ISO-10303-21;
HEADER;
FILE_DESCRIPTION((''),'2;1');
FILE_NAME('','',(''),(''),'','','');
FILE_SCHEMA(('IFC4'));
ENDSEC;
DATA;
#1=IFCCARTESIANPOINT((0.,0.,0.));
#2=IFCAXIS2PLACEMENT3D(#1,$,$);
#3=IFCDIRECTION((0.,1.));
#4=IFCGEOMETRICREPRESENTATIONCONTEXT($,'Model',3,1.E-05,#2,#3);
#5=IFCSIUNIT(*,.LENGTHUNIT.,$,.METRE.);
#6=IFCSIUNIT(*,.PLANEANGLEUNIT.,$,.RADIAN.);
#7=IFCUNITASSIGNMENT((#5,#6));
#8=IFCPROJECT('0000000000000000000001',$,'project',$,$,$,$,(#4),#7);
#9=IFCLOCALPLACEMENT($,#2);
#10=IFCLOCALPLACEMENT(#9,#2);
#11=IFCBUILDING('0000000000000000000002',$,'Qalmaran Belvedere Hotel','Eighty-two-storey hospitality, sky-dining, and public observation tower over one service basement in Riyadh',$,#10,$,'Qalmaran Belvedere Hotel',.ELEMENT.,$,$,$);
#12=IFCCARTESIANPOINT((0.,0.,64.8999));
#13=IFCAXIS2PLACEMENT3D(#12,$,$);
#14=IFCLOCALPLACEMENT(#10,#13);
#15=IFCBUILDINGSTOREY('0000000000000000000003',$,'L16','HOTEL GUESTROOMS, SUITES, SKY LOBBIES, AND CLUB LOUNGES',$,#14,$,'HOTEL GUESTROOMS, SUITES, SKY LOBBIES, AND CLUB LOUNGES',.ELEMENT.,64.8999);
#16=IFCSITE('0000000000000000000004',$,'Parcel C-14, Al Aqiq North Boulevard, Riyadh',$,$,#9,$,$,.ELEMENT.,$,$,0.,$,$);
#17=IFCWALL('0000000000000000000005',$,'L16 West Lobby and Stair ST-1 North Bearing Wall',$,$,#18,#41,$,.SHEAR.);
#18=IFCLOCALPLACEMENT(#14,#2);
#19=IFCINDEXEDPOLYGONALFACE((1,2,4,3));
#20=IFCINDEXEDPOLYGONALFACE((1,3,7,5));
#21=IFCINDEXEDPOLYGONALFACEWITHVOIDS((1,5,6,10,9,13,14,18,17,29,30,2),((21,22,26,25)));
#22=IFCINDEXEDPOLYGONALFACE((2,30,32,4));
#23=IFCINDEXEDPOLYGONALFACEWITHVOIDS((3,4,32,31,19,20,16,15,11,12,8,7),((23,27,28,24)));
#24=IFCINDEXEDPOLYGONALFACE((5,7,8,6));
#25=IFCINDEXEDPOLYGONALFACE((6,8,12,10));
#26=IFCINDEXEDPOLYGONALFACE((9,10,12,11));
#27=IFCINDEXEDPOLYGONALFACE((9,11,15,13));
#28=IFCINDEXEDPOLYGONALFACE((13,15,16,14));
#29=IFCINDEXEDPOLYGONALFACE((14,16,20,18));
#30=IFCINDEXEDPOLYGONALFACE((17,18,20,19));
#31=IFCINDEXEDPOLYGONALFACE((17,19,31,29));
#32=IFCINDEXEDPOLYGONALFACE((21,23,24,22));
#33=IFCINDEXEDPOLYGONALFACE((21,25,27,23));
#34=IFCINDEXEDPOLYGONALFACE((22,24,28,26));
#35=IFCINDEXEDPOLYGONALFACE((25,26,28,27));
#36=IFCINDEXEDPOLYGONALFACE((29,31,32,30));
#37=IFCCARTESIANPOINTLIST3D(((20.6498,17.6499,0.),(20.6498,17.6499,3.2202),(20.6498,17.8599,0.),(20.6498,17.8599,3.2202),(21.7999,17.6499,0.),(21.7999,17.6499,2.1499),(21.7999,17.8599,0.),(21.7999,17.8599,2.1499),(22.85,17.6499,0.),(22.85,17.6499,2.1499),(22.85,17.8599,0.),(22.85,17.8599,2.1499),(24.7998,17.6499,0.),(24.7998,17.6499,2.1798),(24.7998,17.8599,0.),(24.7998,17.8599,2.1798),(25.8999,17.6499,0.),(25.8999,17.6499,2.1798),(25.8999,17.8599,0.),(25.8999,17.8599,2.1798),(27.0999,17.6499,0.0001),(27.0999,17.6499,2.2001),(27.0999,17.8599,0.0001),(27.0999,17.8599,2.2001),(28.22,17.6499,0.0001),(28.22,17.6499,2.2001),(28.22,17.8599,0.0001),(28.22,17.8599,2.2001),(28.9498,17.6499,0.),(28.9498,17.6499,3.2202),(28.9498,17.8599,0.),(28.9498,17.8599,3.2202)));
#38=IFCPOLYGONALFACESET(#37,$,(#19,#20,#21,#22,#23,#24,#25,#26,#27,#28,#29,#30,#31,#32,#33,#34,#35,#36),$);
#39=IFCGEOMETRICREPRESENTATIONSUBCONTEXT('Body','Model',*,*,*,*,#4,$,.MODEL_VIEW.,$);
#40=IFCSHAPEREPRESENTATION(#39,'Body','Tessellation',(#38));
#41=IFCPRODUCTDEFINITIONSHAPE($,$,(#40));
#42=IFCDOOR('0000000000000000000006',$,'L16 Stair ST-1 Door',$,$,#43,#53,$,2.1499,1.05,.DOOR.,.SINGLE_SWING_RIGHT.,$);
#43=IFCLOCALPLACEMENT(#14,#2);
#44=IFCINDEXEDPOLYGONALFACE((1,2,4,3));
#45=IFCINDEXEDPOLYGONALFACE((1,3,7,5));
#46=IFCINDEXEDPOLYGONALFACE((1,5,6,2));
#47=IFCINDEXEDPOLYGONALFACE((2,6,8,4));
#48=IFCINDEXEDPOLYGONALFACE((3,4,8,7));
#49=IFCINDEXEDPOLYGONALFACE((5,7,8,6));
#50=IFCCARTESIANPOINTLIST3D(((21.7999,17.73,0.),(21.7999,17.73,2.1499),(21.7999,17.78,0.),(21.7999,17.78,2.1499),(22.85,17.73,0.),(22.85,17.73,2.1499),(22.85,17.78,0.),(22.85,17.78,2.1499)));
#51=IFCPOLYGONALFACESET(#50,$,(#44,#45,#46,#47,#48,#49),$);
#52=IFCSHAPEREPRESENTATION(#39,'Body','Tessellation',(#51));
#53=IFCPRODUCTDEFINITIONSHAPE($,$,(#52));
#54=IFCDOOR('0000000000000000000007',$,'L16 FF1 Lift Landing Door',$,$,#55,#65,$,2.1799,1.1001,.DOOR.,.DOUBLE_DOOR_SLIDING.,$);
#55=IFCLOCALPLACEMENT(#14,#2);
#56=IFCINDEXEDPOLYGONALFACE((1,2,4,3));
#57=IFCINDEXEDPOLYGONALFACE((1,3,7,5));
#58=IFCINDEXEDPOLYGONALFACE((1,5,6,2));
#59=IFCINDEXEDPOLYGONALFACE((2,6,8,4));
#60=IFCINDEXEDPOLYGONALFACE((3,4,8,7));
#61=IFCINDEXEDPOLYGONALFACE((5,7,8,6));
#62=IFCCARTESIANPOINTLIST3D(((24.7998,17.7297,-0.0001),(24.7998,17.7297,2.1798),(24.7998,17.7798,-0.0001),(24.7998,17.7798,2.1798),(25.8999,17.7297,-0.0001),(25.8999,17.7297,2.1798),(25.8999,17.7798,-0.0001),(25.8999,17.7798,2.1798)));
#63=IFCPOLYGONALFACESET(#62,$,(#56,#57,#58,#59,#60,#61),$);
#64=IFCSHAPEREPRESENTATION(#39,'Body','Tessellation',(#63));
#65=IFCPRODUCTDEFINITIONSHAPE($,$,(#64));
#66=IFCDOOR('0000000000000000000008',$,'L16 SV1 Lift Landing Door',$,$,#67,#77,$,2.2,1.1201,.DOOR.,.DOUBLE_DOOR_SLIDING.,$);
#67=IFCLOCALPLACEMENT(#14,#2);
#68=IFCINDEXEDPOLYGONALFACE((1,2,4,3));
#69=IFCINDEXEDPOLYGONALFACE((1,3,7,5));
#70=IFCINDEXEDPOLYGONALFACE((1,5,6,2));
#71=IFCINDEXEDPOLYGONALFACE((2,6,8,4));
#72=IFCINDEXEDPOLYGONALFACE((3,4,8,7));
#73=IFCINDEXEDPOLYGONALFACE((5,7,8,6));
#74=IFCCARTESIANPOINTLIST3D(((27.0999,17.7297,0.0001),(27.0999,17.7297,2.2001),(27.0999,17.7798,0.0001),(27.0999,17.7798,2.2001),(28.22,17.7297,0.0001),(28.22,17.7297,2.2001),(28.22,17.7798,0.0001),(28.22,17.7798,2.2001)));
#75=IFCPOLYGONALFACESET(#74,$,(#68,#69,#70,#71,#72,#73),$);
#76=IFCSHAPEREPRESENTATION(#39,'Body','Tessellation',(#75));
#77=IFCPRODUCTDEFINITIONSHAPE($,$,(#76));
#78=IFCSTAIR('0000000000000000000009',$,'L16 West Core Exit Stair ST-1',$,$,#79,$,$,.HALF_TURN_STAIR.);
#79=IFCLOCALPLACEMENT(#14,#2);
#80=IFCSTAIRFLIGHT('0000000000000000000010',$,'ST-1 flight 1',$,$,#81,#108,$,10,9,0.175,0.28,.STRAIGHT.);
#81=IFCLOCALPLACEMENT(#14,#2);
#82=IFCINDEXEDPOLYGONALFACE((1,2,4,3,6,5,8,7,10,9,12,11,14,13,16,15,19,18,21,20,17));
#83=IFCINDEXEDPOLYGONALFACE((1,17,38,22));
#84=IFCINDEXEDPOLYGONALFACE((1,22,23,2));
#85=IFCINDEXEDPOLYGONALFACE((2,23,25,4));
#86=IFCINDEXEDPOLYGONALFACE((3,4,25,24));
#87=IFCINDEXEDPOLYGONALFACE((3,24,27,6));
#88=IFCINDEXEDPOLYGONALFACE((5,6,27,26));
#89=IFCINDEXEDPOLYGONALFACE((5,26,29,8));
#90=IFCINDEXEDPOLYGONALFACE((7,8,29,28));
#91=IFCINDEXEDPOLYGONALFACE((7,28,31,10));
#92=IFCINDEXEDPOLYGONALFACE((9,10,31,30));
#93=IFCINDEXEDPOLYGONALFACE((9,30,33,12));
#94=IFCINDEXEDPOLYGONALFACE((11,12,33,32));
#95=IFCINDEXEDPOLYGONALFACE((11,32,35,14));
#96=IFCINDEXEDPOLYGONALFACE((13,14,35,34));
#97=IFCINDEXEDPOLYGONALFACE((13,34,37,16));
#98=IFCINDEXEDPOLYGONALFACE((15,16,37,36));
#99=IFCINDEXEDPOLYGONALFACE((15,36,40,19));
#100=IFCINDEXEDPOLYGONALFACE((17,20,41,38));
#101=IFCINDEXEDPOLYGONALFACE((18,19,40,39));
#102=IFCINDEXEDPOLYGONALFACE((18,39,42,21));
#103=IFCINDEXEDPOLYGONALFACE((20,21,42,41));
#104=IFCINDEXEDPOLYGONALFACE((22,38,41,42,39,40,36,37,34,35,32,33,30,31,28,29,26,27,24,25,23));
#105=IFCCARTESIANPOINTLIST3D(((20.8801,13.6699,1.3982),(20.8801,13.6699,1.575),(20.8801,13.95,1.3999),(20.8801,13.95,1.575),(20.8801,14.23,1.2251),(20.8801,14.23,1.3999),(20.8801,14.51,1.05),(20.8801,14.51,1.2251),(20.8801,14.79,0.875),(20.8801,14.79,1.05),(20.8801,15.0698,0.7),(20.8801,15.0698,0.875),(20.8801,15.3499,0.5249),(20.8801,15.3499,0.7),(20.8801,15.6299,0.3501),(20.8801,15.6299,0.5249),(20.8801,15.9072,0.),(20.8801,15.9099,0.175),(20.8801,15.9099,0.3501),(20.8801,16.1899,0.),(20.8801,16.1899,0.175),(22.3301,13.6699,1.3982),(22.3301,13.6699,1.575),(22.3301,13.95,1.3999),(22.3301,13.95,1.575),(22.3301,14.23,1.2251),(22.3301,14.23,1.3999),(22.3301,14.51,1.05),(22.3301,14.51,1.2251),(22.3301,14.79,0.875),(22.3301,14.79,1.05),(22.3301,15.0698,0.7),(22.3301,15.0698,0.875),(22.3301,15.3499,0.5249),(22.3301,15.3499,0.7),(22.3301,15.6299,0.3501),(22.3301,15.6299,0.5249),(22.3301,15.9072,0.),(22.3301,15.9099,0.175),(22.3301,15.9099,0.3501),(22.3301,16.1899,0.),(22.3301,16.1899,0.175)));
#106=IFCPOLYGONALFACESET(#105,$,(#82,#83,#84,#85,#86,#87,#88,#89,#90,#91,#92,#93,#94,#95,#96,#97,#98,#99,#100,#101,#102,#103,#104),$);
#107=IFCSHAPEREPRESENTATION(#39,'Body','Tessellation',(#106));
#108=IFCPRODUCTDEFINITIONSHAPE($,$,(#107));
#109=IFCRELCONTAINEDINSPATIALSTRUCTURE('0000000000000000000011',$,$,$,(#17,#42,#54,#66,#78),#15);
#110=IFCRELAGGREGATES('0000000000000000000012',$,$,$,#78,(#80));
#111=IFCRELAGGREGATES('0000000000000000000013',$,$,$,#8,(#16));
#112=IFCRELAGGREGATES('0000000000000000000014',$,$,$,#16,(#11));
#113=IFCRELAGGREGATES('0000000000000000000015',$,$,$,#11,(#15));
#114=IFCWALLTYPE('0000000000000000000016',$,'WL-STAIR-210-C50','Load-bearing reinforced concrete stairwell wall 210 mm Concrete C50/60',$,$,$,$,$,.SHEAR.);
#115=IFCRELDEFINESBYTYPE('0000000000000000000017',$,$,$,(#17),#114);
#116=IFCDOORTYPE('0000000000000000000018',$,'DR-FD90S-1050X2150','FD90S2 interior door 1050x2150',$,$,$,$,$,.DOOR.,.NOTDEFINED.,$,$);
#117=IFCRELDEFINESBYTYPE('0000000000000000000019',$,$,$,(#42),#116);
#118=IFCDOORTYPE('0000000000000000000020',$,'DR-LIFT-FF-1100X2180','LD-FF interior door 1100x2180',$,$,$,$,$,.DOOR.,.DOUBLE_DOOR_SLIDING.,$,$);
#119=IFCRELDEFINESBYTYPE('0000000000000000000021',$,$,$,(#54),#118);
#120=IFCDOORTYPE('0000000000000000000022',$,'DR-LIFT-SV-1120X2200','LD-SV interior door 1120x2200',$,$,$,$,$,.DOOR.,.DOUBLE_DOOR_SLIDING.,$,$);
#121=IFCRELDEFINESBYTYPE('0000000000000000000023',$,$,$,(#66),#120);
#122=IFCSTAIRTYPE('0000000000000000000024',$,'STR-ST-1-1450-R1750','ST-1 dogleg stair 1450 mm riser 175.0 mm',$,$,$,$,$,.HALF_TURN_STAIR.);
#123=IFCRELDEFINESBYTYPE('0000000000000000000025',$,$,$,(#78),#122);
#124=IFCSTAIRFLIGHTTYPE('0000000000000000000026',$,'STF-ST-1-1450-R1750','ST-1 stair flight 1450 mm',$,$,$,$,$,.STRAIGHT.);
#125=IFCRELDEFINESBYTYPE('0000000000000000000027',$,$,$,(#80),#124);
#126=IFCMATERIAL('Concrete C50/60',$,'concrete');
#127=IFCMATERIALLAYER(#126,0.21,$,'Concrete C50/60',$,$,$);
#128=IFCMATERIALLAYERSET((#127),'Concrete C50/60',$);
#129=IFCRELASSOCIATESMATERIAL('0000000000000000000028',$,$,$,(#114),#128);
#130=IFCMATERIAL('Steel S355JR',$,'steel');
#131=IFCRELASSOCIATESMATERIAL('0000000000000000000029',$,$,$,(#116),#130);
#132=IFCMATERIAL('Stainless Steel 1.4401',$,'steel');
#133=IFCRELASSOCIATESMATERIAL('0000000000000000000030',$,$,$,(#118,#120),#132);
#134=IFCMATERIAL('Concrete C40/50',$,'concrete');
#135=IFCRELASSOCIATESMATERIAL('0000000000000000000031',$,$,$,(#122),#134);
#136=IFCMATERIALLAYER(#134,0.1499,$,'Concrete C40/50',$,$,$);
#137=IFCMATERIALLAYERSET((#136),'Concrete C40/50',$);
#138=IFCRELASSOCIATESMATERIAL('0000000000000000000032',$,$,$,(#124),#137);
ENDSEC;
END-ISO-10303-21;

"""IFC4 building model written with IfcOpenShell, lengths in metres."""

from ifc_helpers import new_model, si_unit, direction, frame, frame_2d, origin, place, context, subcontext, project, spatial, polyline, rectangle, outline, extrude, material, layer, layer_set, type_object, element, fill, aggregate, save


model = new_model("IFC4")

# Units and contexts
model_context = context("Model", 3, precision=1e-05, world=origin(), true_north=direction((0.0, 1.0)))
body_context = subcontext(model_context, "Body", "Model", "MODEL_VIEW")
ifc_project = project(units=[si_unit("LENGTHUNIT", "METRE"), si_unit("PLANEANGLEUNIT", "RADIAN")], contexts=[model_context])

# Site, building, storey
site_placement = place(None, origin())
site = spatial("IfcSite", under=ifc_project, at=site_placement, Name="Parcel C-14, Al Aqiq North Boulevard, Riyadh", CompositionType="ELEMENT", RefElevation=0.0)
building_placement = place(site_placement, origin())
building = spatial("IfcBuilding", under=site, at=building_placement, Name="Qalmaran Belvedere Hotel", Description="Eighty-two-storey hospitality, sky-dining, and public observation tower over one service basement in Riyadh", LongName="Qalmaran Belvedere Hotel", CompositionType="ELEMENT")
storey_placement = place(building_placement, frame((0.0, 0.0, 64.8999)))
storey = spatial("IfcBuildingStorey", under=building, at=storey_placement, Name="L16", Description="HOTEL GUESTROOMS, SUITES, SKY LOBBIES, AND CLUB LOUNGES", LongName="HOTEL GUESTROOMS, SUITES, SKY LOBBIES, AND CLUB LOUNGES", CompositionType="ELEMENT", Elevation=64.8999)

# Shared definitions
ifc_material_1 = material(Name="Steel S355JR", Category="steel")

# Wall, openings, doors
ifc_material_2 = material(Name="Concrete C50/60", Category="concrete")
ifc_layer_1 = layer(ifc_material_2, 0.21, Name="Concrete C50/60")
ifc_layer_set_1 = layer_set([ifc_layer_1], Name="Concrete C50/60")
wall_type_1 = type_object("IfcWallType", Name="WL-STAIR-210-C50", Description="Load-bearing reinforced concrete stairwell wall 210 mm Concrete C50/60", PredefinedType="SHEAR", material=ifc_layer_set_1)
wall_1_placement = place(storey_placement, frame((20.6499, 17.7549, 0.0), z_axis=(0.0, 0.0, 1.0), x_axis=(1.0, 0.0, 0.0)))
wall_1 = element("IfcWall", 1, at=wall_1_placement, inside=storey, type_object=wall_type_1, Name="L16 West Lobby and Stair ST-1 North Bearing Wall", PredefinedType="SHEAR", context=body_context, shape_type="SweptSolid", body=[
    extrude(rectangle(XDim=8.3, YDim=0.21, at=frame_2d((4.1499, 0.0))), origin(), (0.0, 0.0, 1.0), 3.2202),
])
opening_1_placement = place(wall_1_placement, frame((2.2, 0.0, 0.0), z_axis=(0.0, 0.0, 1.0), x_axis=(-1.0, 0.0, 0.0)))
opening_1 = element("IfcOpeningElement", 2, at=opening_1_placement, cuts=wall_1, PredefinedType="OPENING", context=body_context, shape_type="SweptSolid", body=[
    extrude(rectangle(XDim=1.05, YDim=2.1499, at=frame_2d((0.5249, 1.075))), frame((0.0, 0.115, 0.0), z_axis=(0.0, -1.0, 0.0), x_axis=(1.0, 0.0, 0.0)), (0.0, 0.0, 1.0), 0.23),
])
opening_2_placement = place(wall_1_placement, frame((4.1499, 0.0, 0.0)))
opening_2 = element("IfcOpeningElement", 3, at=opening_2_placement, cuts=wall_1, PredefinedType="OPENING", context=body_context, shape_type="SweptSolid", body=[
    extrude(rectangle(XDim=1.1001, YDim=2.1799, at=frame_2d((0.55, 1.0898))), frame((0.0, 0.115, 0.0), z_axis=(0.0, -1.0, 0.0), x_axis=(1.0, 0.0, 0.0)), (0.0, 0.0, 1.0), 0.23),
])
opening_3_placement = place(wall_1_placement, frame((6.45, 0.0, 0.0)))
opening_3 = element("IfcOpeningElement", 4, at=opening_3_placement, cuts=wall_1, PredefinedType="OPENING", context=body_context, shape_type="SweptSolid", body=[
    extrude(rectangle(XDim=1.1201, YDim=2.2, at=frame_2d((0.5601, 1.1001))), frame((0.0, 0.115, 0.0), z_axis=(0.0, -1.0, 0.0), x_axis=(1.0, 0.0, 0.0)), (0.0, 0.0, 1.0), 0.23),
])
door_type_1 = type_object("IfcDoorType", Name="DR-FD90S-1050X2150", Description="FD90S2 interior door 1050x2150", OperationType="NOTDEFINED", PredefinedType="DOOR", material=ifc_material_1)
door_1_placement = place(opening_1_placement, origin())
door_1 = element("IfcDoor", 5, at=door_1_placement, inside=storey, type_object=door_type_1, Name="L16 Stair ST-1 Door", OperationType="SINGLE_SWING_RIGHT", OverallHeight=2.1499, OverallWidth=1.05, PredefinedType="DOOR", context=body_context, shape_type="SweptSolid", body=[
    extrude(rectangle(XDim=1.05, YDim=2.1499, at=frame_2d((0.5249, 1.075))), frame((0.0, 0.0249, 0.0), z_axis=(0.0, -1.0, 0.0), x_axis=(1.0, 0.0, 0.0)), (0.0, 0.0, 1.0), 0.05),
])
fill(opening_1, door_1)
ifc_material_3 = material(Name="Stainless Steel 1.4401", Category="steel")
door_type_2 = type_object("IfcDoorType", Name="DR-LIFT-FF-1100X2180", Description="LD-FF interior door 1100x2180", OperationType="DOUBLE_DOOR_SLIDING", PredefinedType="DOOR", material=ifc_material_3)
door_2_placement = place(opening_2_placement, origin())
door_2 = element("IfcDoor", 6, at=door_2_placement, inside=storey, type_object=door_type_2, Name="L16 FF1 Lift Landing Door", OperationType="DOUBLE_DOOR_SLIDING", OverallHeight=2.1799, OverallWidth=1.1001, PredefinedType="DOOR", context=body_context, shape_type="SweptSolid", body=[
    extrude(rectangle(XDim=1.1001, YDim=2.1799, at=frame_2d((0.55, 1.0898))), frame((0.0, 0.0249, 0.0), z_axis=(0.0, -1.0, 0.0), x_axis=(1.0, 0.0, 0.0)), (0.0, 0.0, 1.0), 0.05),
])
fill(opening_2, door_2)
door_type_3 = type_object("IfcDoorType", Name="DR-LIFT-SV-1120X2200", Description="LD-SV interior door 1120x2200", OperationType="DOUBLE_DOOR_SLIDING", PredefinedType="DOOR", material=ifc_material_3)
door_3_placement = place(opening_3_placement, origin())
door_3 = element("IfcDoor", 7, at=door_3_placement, inside=storey, type_object=door_type_3, Name="L16 SV1 Lift Landing Door", OperationType="DOUBLE_DOOR_SLIDING", OverallHeight=2.2, OverallWidth=1.1201, PredefinedType="DOOR", context=body_context, shape_type="SweptSolid", body=[
    extrude(rectangle(XDim=1.1201, YDim=2.2, at=frame_2d((0.5601, 1.1001))), frame((0.0, 0.0249, 0.0), z_axis=(0.0, -1.0, 0.0), x_axis=(1.0, 0.0, 0.0)), (0.0, 0.0, 1.0), 0.05),
])
fill(opening_3, door_3)

# Stair, stair flight
ifc_material_4 = material(Name="Concrete C40/50", Category="concrete")
stair_type = type_object("IfcStairType", Name="STR-ST-1-1450-R1750", Description="ST-1 dogleg stair 1450 mm riser 175.0 mm", PredefinedType="HALF_TURN_STAIR", material=ifc_material_4)
stair_placement = place(storey_placement, origin())
stair = element("IfcStair", 8, at=stair_placement, inside=storey, type_object=stair_type, Name="L16 West Core Exit Stair ST-1", PredefinedType="HALF_TURN_STAIR")
ifc_layer_2 = layer(ifc_material_4, 0.1499, Name="Concrete C40/50")
ifc_layer_set_2 = layer_set([ifc_layer_2], Name="Concrete C40/50")
stair_flight_type = type_object("IfcStairFlightType", Name="STF-ST-1-1450-R1750", Description="ST-1 stair flight 1450 mm", PredefinedType="STRAIGHT", material=ifc_layer_set_2)
stair_flight_placement = place(storey_placement, frame((21.605, 16.1899, 0.0), z_axis=(0.0, 0.0, 1.0), x_axis=(0.0, -1.0, 0.0)))
stair_flight = element("IfcStairFlight", 9, at=stair_flight_placement, type_object=stair_flight_type, Name="ST-1 flight 1", NumberOfRisers=10, NumberOfTreads=9, PredefinedType="STRAIGHT", RiserHeight=0.175, TreadLength=0.28, context=body_context, shape_type="SweptSolid", body=[
    extrude(outline(polyline([(0.0, 0.0), (0.0, 0.175), (0.28, 0.175), (0.28, 0.3501), (0.5601, 0.3501), (0.5601, 0.5249), (0.8401, 0.5249), (0.8401, 0.7), (1.1201, 0.7), (1.1201, 0.875), (1.3999, 0.875), (1.3999, 1.05), (1.6799, 1.05), (1.6799, 1.2251), (1.96, 1.2251), (1.96, 1.3999), (2.24, 1.3999), (2.24, 1.575), (2.52, 1.575), (2.52, 1.75), (2.52, 1.3982), (0.2827, 0.0), (0.0, 0.0)])), frame((0.0, 0.7251, 0.0), z_axis=(0.0, -1.0, 0.0), x_axis=(1.0, 0.0, 0.0)), (0.0, 0.0, 1.0), 1.45),
])
aggregate(stair, [stair_flight])

save(model, "model.ifc")
